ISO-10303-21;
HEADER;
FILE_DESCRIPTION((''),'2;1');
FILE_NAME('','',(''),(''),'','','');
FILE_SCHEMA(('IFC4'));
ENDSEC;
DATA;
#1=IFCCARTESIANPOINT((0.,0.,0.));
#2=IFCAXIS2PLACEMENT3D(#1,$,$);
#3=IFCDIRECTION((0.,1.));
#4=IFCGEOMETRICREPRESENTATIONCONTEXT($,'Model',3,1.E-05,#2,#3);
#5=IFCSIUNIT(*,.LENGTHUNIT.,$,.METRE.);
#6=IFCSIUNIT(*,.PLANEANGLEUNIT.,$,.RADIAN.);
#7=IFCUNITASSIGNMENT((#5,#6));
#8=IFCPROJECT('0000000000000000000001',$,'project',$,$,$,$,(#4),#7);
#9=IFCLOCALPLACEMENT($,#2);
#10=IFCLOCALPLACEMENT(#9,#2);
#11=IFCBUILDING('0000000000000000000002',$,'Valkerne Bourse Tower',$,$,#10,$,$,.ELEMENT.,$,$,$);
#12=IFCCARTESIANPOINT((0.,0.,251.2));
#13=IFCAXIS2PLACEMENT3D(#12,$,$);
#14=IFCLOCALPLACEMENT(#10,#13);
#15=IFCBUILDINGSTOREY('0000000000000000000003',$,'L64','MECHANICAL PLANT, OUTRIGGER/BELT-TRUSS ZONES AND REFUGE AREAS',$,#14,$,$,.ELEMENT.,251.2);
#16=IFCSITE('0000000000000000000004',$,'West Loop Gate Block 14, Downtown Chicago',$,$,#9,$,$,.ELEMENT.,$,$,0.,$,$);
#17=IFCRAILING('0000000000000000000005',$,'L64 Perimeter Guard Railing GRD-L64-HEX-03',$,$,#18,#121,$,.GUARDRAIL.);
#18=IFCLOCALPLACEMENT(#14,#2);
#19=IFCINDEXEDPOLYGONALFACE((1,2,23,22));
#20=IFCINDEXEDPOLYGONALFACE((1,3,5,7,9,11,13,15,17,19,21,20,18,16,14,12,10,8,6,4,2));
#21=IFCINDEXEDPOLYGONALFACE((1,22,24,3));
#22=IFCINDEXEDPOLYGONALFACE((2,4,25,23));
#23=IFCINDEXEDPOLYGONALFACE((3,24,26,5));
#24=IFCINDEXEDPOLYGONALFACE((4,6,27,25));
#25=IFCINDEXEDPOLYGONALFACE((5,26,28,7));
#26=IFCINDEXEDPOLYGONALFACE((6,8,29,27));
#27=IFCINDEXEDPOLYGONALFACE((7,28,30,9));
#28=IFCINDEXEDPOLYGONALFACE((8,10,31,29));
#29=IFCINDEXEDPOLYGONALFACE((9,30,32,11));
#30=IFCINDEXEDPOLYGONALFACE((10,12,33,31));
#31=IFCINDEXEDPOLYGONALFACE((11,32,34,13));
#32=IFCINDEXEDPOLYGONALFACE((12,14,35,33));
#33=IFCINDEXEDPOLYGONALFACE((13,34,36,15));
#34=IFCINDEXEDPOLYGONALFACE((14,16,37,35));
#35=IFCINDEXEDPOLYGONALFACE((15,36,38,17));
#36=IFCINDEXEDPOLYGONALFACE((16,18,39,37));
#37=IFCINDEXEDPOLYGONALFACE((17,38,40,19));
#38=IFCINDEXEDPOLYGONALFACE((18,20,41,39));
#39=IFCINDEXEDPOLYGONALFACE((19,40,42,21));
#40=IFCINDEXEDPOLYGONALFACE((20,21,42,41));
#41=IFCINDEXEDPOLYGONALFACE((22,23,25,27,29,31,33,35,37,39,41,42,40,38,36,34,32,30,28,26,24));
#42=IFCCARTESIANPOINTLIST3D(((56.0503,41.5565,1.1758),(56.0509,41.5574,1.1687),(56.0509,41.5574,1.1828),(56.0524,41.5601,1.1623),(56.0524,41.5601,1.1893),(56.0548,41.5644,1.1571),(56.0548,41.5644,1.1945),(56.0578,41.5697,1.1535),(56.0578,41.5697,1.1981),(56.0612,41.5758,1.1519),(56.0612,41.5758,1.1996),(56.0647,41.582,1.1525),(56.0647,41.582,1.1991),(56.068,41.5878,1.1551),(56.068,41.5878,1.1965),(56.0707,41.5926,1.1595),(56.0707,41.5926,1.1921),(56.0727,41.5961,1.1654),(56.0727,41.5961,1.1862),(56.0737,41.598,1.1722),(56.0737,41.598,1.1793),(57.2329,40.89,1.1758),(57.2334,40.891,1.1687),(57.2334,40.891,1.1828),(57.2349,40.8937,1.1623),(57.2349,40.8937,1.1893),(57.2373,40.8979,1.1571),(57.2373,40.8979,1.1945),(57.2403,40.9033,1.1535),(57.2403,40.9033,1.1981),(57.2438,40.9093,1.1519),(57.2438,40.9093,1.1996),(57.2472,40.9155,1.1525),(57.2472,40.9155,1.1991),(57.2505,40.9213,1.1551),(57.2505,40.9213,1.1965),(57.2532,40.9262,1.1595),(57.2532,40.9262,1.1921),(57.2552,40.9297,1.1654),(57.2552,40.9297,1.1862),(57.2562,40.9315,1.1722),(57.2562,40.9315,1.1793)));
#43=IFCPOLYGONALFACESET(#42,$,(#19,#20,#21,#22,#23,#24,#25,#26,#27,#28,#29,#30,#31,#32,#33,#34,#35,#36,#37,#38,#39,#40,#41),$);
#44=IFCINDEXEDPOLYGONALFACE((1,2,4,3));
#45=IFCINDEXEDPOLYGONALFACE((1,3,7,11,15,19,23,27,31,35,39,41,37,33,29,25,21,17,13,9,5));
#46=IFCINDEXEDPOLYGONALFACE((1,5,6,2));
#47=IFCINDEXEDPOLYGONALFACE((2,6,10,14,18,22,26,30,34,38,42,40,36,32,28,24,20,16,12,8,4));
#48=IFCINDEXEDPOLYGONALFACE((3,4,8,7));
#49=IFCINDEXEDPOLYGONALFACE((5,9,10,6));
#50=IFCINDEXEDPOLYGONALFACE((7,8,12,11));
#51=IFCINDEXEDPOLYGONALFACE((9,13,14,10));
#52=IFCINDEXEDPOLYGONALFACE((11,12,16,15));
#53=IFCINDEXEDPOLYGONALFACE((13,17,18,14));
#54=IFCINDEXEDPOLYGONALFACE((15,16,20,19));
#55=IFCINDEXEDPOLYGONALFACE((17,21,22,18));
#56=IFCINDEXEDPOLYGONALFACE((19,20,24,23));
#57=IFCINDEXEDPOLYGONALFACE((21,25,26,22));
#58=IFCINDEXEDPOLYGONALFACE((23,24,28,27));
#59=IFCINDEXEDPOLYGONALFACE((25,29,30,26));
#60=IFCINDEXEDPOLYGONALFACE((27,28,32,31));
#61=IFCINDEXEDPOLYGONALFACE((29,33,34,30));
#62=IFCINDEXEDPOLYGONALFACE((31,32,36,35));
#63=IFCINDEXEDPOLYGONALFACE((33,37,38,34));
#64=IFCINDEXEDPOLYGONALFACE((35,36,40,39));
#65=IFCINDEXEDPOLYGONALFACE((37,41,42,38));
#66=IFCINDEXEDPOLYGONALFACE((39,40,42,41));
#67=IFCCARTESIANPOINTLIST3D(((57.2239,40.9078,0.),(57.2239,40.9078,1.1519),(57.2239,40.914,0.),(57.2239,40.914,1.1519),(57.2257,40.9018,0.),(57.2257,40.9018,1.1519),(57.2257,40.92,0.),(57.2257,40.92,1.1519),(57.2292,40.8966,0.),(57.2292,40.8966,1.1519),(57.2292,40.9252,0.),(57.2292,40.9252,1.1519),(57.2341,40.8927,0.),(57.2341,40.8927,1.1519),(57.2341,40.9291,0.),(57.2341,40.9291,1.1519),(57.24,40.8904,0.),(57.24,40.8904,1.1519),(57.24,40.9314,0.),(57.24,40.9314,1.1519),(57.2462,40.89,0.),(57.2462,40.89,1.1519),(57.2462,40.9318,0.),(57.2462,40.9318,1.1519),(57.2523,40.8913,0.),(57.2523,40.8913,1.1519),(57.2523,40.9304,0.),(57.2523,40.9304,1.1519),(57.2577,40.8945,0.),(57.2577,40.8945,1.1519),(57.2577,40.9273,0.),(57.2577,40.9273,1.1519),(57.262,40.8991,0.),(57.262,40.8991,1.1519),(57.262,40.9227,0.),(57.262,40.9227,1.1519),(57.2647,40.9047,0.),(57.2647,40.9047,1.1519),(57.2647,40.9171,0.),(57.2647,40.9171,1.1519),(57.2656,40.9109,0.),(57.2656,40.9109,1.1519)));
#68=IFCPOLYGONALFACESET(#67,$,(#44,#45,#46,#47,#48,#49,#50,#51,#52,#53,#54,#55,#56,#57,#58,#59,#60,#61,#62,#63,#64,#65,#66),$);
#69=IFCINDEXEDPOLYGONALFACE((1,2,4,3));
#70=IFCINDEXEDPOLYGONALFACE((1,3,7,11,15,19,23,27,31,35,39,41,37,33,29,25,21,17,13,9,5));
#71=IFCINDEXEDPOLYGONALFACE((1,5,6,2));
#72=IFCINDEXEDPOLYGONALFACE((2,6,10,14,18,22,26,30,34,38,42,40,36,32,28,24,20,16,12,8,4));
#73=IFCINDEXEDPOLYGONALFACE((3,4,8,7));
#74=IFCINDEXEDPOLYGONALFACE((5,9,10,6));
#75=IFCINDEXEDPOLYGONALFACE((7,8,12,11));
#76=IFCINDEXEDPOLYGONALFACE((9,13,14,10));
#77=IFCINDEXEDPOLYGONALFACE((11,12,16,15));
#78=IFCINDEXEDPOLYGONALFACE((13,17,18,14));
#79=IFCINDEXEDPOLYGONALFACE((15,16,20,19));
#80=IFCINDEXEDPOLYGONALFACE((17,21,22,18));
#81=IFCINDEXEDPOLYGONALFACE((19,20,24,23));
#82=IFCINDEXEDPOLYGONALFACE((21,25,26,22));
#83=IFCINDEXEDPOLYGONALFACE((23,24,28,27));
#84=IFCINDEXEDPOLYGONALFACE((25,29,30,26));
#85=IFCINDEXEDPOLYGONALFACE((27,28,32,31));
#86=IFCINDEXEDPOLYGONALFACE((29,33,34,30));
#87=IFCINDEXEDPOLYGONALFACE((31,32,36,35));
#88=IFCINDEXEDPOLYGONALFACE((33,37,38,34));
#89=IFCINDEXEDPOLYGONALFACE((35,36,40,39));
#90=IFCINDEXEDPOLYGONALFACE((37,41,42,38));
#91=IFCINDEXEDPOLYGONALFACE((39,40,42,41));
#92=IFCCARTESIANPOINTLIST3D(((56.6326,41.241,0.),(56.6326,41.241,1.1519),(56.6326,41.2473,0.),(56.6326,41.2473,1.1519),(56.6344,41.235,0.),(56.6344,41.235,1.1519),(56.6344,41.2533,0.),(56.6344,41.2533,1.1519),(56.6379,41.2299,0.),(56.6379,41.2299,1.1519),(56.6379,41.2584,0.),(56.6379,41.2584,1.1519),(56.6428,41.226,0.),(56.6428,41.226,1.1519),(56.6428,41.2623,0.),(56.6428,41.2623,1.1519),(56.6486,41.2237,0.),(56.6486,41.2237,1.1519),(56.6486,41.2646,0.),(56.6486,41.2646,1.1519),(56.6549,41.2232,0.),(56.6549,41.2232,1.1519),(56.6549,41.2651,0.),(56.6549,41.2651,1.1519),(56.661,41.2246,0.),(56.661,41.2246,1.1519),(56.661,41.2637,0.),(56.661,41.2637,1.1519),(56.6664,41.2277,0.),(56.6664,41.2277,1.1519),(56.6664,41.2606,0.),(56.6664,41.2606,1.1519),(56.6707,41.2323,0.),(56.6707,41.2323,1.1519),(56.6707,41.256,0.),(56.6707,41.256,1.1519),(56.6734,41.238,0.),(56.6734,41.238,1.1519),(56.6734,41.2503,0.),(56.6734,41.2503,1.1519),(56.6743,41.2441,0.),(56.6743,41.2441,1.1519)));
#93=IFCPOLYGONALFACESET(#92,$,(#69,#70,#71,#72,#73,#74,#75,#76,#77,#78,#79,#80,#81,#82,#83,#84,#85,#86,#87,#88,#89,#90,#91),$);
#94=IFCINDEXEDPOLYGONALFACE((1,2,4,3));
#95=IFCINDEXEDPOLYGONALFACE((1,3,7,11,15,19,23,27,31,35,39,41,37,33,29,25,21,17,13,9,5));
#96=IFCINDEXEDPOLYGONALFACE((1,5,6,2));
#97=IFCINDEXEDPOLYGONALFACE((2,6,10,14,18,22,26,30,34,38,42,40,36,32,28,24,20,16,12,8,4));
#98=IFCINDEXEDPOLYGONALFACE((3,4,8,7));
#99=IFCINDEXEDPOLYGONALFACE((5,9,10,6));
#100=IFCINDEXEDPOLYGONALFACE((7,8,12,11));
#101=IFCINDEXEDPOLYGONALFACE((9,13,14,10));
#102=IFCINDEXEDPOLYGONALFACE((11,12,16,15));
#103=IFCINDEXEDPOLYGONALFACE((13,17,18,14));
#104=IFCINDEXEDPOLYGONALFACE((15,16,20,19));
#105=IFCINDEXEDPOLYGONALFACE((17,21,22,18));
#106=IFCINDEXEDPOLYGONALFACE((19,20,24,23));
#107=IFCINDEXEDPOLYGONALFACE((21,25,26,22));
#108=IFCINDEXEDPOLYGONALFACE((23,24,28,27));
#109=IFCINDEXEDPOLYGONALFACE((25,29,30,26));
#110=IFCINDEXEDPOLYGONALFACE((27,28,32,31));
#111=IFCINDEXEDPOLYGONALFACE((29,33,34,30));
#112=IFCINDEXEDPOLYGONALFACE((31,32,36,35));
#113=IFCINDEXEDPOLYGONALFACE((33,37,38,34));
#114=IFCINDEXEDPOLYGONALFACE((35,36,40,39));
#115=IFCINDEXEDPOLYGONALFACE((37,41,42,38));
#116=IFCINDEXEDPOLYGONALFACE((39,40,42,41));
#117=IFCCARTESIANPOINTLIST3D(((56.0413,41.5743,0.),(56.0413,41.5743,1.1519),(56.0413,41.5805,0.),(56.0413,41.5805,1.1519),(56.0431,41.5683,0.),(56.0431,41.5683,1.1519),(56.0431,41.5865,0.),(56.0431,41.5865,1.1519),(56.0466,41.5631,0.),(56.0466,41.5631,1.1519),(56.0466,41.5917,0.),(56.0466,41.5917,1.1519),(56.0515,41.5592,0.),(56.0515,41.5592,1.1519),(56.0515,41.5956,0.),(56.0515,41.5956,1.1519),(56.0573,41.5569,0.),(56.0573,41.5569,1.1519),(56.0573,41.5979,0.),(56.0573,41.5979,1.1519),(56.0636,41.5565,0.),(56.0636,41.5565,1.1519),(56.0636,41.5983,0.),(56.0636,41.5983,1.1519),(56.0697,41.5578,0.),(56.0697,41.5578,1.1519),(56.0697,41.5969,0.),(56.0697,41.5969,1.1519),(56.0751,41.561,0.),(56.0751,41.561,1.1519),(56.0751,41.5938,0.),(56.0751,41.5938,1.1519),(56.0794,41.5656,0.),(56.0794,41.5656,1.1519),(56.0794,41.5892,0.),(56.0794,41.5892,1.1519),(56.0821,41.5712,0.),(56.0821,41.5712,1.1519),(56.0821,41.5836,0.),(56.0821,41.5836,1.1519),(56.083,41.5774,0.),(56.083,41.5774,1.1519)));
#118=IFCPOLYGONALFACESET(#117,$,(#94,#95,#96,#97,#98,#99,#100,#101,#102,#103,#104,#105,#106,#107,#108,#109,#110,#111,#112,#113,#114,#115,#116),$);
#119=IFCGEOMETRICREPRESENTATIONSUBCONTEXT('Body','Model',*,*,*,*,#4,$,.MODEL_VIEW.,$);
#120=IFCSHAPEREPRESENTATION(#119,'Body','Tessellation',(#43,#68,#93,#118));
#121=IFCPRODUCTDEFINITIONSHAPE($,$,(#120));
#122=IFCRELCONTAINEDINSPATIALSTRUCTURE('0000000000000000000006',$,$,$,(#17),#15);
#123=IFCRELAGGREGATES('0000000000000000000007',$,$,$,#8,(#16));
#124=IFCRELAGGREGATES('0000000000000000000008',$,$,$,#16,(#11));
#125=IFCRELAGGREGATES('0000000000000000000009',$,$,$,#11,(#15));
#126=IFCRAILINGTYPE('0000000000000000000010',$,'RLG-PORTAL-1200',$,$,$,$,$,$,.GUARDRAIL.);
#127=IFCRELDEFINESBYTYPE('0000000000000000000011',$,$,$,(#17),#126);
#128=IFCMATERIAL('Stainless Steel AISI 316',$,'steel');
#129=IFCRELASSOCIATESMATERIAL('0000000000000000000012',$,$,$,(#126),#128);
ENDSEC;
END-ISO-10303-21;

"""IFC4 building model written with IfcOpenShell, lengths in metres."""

from ifc_helpers import new_model, si_unit, direction, frame, origin, origin_2d, place, context, subcontext, project, spatial, circle, extrude, material, type_object, element, save


model = new_model("IFC4")

# Units and contexts
model_context = context("Model", 3, precision=1e-05, world=origin(), true_north=direction((0.0, 1.0)))
body_context = subcontext(model_context, "Body", "Model", "MODEL_VIEW")
ifc_project = project(units=[si_unit("LENGTHUNIT", "METRE"), si_unit("PLANEANGLEUNIT", "RADIAN")], contexts=[model_context])

# Site, building, storey
site_placement = place(None, origin())
site = spatial("IfcSite", under=ifc_project, at=site_placement, Name="West Loop Gate Block 14, Downtown Chicago", CompositionType="ELEMENT", RefElevation=0.0)
building_placement = place(site_placement, origin())
building = spatial("IfcBuilding", under=site, at=building_placement, Name="Valkerne Bourse Tower", CompositionType="ELEMENT")
storey_placement = place(building_placement, frame((0.0, 0.0, 251.2)))
storey = spatial("IfcBuildingStorey", under=building, at=storey_placement, Name="L64", Description="MECHANICAL PLANT, OUTRIGGER/BELT-TRUSS ZONES AND REFUGE AREAS", CompositionType="ELEMENT", Elevation=251.2)

# Railing
ifc_material_1 = material(Name="Stainless Steel AISI 316", Category="steel")
railing_type = type_object("IfcRailingType", Name="RLG-PORTAL-1200", PredefinedType="GUARDRAIL", material=ifc_material_1)
railing_1_placement = place(storey_placement, frame((57.2446, 40.9109, 0.0)))
element("IfcRailing", 1, at=railing_1_placement, inside=storey, type_object=railing_type, Name="L64 Perimeter Guard Railing GRD-L64-HEX-03", PredefinedType="GUARDRAIL", context=body_context, shape_type="SweptSolid", body=[
    extrude(circle(Radius=0.0239, at=origin_2d()), frame((0.0, 0.0, 1.1758), z_axis=(-0.871172, 0.490978, 0.0), x_axis=(-0.490978, -0.871172, 0.0)), (0.0, 0.0, 1.0), 1.3574),
    extrude(circle(Radius=0.021, at=origin_2d()), origin(), (0.0, 0.0, 1.0), 1.1519),
    extrude(circle(Radius=0.021, at=origin_2d()), frame((-0.5913, 0.3333, 0.0)), (0.0, 0.0, 1.0), 1.1519),
    extrude(circle(Radius=0.021, at=origin_2d()), frame((-1.1826, 0.6665, 0.0)), (0.0, 0.0, 1.0), 1.1519),
])

save(model, "model.ifc")
